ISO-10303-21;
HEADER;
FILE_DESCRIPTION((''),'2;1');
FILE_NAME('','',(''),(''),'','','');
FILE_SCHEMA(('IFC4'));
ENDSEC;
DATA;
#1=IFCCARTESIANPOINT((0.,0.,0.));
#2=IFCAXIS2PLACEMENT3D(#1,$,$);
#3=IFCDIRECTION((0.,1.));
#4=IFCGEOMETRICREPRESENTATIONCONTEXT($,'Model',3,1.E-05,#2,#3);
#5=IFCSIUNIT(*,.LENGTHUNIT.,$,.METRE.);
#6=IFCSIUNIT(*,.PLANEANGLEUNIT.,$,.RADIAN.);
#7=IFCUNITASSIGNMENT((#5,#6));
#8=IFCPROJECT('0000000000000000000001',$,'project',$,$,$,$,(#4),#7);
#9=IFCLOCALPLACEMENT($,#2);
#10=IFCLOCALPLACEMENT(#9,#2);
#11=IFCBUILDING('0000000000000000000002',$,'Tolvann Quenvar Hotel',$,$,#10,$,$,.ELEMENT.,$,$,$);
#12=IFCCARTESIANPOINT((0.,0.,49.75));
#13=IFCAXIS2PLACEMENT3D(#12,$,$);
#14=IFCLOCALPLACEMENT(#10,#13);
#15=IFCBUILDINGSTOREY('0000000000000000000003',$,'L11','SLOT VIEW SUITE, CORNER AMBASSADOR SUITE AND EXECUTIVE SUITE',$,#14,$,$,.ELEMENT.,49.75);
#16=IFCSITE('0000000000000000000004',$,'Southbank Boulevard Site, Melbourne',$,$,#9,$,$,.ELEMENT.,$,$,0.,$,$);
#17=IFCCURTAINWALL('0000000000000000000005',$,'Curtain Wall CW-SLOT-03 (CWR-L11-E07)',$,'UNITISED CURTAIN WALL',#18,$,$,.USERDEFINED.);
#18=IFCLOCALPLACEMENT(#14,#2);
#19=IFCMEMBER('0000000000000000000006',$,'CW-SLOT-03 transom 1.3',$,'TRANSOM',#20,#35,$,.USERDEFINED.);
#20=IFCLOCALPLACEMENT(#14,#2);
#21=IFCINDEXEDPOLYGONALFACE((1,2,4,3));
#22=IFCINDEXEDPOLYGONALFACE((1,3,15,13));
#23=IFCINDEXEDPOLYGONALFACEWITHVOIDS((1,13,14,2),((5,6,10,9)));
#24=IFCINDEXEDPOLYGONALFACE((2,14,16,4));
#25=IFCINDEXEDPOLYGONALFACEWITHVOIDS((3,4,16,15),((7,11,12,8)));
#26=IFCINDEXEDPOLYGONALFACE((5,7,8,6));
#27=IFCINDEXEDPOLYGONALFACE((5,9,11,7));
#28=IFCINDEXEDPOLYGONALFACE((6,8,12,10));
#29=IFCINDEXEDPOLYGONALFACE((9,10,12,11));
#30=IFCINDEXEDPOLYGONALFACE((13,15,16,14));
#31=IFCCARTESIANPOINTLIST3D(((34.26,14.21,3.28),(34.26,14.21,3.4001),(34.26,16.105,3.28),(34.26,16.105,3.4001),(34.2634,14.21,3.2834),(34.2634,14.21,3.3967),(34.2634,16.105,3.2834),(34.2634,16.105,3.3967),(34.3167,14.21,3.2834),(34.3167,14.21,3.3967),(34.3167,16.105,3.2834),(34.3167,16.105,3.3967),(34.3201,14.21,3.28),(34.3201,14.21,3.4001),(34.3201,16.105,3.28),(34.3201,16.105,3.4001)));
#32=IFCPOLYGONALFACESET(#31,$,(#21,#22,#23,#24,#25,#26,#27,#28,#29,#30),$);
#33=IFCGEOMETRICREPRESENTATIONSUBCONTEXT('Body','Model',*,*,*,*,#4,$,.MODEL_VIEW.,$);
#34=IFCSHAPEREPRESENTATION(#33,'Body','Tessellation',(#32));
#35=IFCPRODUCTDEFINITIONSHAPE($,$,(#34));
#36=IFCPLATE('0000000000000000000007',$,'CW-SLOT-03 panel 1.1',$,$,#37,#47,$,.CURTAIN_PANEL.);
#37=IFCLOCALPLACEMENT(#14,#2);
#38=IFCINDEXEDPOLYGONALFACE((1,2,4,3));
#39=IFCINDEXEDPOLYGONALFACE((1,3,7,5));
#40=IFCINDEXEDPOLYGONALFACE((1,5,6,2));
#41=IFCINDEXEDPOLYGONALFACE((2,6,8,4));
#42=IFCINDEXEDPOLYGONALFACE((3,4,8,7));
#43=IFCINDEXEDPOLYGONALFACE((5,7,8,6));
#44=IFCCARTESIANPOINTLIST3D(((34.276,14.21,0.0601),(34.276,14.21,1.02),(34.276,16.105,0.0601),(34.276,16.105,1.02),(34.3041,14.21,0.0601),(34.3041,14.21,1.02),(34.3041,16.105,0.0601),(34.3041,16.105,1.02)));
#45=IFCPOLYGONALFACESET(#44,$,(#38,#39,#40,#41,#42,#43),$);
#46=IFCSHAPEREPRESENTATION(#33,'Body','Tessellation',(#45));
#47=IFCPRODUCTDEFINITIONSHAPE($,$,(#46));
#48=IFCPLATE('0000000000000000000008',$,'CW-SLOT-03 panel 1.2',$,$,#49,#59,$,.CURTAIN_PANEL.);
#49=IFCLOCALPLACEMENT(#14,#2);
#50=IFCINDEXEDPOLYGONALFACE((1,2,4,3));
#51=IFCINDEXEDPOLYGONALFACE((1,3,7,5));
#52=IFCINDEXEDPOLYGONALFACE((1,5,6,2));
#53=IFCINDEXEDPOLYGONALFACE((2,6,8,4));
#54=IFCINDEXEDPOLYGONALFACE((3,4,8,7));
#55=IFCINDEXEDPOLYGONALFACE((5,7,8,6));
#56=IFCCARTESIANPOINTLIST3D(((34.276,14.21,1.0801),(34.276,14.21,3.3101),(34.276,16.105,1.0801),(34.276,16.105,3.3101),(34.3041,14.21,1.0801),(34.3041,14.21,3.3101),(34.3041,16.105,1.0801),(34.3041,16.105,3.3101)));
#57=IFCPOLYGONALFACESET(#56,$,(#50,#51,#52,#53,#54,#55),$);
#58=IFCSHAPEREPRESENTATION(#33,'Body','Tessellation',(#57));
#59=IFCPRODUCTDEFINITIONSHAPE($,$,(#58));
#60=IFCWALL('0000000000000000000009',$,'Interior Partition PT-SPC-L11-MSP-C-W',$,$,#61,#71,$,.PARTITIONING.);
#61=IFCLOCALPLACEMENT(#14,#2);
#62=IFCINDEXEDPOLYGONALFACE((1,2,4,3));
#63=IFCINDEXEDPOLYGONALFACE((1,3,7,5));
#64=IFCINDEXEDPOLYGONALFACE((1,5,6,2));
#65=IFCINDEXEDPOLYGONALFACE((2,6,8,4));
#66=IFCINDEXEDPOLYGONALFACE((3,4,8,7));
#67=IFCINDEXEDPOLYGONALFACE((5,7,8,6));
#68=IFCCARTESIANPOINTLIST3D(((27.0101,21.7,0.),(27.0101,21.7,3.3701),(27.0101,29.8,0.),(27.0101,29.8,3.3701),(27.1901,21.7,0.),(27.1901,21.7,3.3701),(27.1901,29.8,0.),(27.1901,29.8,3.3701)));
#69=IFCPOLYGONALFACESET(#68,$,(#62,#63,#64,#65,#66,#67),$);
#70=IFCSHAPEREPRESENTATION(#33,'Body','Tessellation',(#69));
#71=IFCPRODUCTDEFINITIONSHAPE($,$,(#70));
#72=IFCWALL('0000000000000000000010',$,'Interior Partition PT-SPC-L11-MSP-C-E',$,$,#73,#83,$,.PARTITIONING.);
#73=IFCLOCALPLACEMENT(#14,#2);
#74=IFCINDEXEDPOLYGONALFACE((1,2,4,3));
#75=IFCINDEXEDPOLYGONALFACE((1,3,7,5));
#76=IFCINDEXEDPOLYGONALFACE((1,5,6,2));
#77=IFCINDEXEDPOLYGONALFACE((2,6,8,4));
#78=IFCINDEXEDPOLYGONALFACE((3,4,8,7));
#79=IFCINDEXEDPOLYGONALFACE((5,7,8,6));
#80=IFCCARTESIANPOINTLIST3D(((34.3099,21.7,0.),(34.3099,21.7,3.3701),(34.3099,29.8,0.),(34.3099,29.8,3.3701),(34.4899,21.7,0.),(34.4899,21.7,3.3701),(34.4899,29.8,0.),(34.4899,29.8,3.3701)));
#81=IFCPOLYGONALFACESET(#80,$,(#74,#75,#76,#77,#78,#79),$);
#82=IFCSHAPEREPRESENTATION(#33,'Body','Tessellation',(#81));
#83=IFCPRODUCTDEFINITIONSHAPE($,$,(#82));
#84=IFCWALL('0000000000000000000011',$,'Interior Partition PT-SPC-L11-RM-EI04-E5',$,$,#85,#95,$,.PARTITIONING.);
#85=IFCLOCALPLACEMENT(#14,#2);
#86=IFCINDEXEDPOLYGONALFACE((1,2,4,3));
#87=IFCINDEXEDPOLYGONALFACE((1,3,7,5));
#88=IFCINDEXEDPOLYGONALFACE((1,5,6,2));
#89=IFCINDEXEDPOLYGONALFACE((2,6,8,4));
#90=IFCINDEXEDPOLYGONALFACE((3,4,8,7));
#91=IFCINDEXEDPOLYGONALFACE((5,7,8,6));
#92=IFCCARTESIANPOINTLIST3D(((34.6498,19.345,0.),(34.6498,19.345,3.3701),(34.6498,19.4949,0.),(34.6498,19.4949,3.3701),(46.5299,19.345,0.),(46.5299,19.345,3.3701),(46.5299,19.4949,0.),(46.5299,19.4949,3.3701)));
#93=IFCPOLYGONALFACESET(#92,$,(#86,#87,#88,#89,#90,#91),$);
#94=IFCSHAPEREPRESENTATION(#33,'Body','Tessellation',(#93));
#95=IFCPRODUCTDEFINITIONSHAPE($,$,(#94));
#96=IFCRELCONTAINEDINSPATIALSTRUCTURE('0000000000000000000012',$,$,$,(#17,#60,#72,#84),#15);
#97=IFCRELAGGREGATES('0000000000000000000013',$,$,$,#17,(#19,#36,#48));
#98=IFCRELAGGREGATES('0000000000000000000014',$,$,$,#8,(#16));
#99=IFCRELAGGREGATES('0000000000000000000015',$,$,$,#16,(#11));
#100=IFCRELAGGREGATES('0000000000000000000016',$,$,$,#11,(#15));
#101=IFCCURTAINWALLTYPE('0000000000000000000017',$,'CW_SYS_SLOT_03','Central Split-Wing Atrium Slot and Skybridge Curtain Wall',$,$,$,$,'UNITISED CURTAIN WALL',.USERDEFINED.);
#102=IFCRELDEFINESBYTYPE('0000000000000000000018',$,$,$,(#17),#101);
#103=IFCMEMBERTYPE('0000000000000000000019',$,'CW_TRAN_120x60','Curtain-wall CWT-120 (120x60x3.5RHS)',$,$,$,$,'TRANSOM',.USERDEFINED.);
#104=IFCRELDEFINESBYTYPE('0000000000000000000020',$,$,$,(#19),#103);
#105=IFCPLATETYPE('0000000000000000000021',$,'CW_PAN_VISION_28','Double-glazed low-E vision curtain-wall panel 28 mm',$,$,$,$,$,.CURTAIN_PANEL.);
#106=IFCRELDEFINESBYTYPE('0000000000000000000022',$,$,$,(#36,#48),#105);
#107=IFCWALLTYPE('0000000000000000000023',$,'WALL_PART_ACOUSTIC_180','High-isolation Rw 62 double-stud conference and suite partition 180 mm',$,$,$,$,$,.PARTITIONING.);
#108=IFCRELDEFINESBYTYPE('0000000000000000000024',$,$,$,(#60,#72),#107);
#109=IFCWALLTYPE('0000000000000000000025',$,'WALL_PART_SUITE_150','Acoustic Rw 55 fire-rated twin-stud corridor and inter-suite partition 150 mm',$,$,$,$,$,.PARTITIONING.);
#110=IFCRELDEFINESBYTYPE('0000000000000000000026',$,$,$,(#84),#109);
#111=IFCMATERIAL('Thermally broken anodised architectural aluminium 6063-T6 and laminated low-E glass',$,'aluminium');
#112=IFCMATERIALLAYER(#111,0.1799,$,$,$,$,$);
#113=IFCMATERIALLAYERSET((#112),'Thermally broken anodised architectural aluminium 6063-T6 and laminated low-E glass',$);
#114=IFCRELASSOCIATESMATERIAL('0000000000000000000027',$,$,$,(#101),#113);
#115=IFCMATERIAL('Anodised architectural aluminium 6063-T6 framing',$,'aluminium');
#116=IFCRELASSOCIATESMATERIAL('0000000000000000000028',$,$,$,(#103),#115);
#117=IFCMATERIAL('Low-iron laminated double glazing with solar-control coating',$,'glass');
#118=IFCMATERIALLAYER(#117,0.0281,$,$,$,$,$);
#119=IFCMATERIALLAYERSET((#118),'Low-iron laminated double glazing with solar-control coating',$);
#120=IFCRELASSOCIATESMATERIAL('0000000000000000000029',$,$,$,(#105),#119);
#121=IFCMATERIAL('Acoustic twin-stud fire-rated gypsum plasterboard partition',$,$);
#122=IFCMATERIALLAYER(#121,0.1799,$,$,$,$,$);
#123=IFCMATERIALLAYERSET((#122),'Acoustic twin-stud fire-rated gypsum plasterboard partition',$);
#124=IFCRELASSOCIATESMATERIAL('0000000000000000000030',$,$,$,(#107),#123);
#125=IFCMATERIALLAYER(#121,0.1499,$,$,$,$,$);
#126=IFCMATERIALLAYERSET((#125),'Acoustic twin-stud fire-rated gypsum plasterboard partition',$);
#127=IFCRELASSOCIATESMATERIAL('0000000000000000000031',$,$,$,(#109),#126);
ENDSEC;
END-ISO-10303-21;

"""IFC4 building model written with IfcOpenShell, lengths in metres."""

from ifc_helpers import new_model, si_unit, direction, frame, frame_2d, origin, origin_2d, place, context, subcontext, project, spatial, rectangle, hollow_rectangle, extrude, source, transform, mapped, material, layer, layer_set, material_profile, profile_set, type_object, type_shapes, element, aggregate, save


model = new_model("IFC4")

# Units and contexts
model_context = context("Model", 3, precision=1e-05, world=origin(), true_north=direction((0.0, 1.0)))
body_context = subcontext(model_context, "Body", "Model", "MODEL_VIEW")
ifc_project = project(units=[si_unit("LENGTHUNIT", "METRE"), si_unit("PLANEANGLEUNIT", "RADIAN")], contexts=[model_context])

# Site, building, storey
site_placement = place(None, origin())
site = spatial("IfcSite", under=ifc_project, at=site_placement, Name="Southbank Boulevard Site, Melbourne", CompositionType="ELEMENT", RefElevation=0.0)
building_placement = place(site_placement, origin())
building = spatial("IfcBuilding", under=site, at=building_placement, Name="Tolvann Quenvar Hotel", CompositionType="ELEMENT")
storey_placement = place(building_placement, frame((0.0, 0.0, 49.75)))
storey = spatial("IfcBuildingStorey", under=building, at=storey_placement, Name="L11", Description="SLOT VIEW SUITE, CORNER AMBASSADOR SUITE AND EXECUTIVE SUITE", CompositionType="ELEMENT", Elevation=49.75)

# Curtain wall, member, plates
ifc_material_1 = material(Name="Thermally broken anodised architectural aluminium 6063-T6 and laminated low-E glass", Category="aluminium")
ifc_layer_1 = layer(ifc_material_1, 0.1799)
ifc_layer_set_1 = layer_set([ifc_layer_1], Name="Thermally broken anodised architectural aluminium 6063-T6 and laminated low-E glass")
curtain_wall_type = type_object("IfcCurtainWallType", Name="CW_SYS_SLOT_03", Description="Central Split-Wing Atrium Slot and Skybridge Curtain Wall", ElementType="UNITISED CURTAIN WALL", PredefinedType="USERDEFINED", material=ifc_layer_set_1)
curtain_wall_placement = place(storey_placement, origin())
curtain_wall = element("IfcCurtainWall", 1, at=curtain_wall_placement, inside=storey, type_object=curtain_wall_type, Name="Curtain Wall CW-SLOT-03 (CWR-L11-E07)", ObjectType="UNITISED CURTAIN WALL", PredefinedType="USERDEFINED")
ifc_material_2 = material(Name="Anodised architectural aluminium 6063-T6 framing", Category="aluminium")
ifc_material_profile_1 = material_profile(ifc_material_2, hollow_rectangle(XDim=0.0601, YDim=0.1201, WallThickness=0.0034, at=origin_2d()), Name="120x60x3.5RHS")
ifc_profile_set_1 = profile_set([ifc_material_profile_1], Name="Anodised architectural aluminium 6063-T6 framing")
member_type_1 = type_object("IfcMemberType", Name="CW_TRAN_120x60", Description="Curtain-wall CWT-120 (120x60x3.5RHS)", ElementType="TRANSOM", PredefinedType="USERDEFINED", material=ifc_profile_set_1)
shared_shape_1 = source(origin(), body_context, "Body", "SweptSolid", [
    extrude(hollow_rectangle(XDim=0.0601, YDim=0.1201, WallThickness=0.0034, at=origin_2d()), origin(), (0.0, 0.0, 1.0), 1.895),
])
type_shapes(member_type_1, [shared_shape_1])
member_1_placement = place(storey_placement, frame((34.29, 16.105, 3.3401), z_axis=(0.0, -1.0, 0.0), x_axis=(1.0, 0.0, 0.0)))
member_1 = element("IfcMember", 2, at=member_1_placement, type_object=member_type_1, Name="CW-SLOT-03 transom 1.3", ObjectType="TRANSOM", PredefinedType="USERDEFINED", context=body_context, shape_type="MappedRepresentation", body=[
    mapped(shared_shape_1, transform((0.0, 0.0, 0.0), x_axis=(1.0, 0.0, 0.0), y_axis=(0.0, 1.0, 0.0), z_axis=(0.0, 0.0, 1.0), scale=1.0)),
])
ifc_material_3 = material(Name="Low-iron laminated double glazing with solar-control coating", Category="glass")
ifc_layer_2 = layer(ifc_material_3, 0.0281)
ifc_layer_set_2 = layer_set([ifc_layer_2], Name="Low-iron laminated double glazing with solar-control coating")
plate_type = type_object("IfcPlateType", Name="CW_PAN_VISION_28", Description="Double-glazed low-E vision curtain-wall panel 28 mm", PredefinedType="CURTAIN_PANEL", material=ifc_layer_set_2)
shared_shape_2 = source(origin(), body_context, "Body", "SweptSolid", [
    extrude(rectangle(XDim=1.895, YDim=0.0281, at=origin_2d()), origin(), (0.0, 0.0, 1.0), 0.96),
])
plate_1_placement = place(storey_placement, frame((34.29, 15.1575, 0.0601), z_axis=(0.0, 0.0, 1.0), x_axis=(0.0, -1.0, 0.0)))
plate_1 = element("IfcPlate", 3, at=plate_1_placement, type_object=plate_type, Name="CW-SLOT-03 panel 1.1", PredefinedType="CURTAIN_PANEL", context=body_context, shape_type="MappedRepresentation", body=[
    mapped(shared_shape_2, transform((0.0, 0.0, 0.0), x_axis=(1.0, 0.0, 0.0), y_axis=(0.0, 1.0, 0.0), z_axis=(0.0, 0.0, 1.0), scale=1.0)),
])
shared_shape_3 = source(origin(), body_context, "Body", "SweptSolid", [
    extrude(rectangle(XDim=1.895, YDim=0.0281, at=origin_2d()), origin(), (0.0, 0.0, 1.0), 2.23),
])
type_shapes(plate_type, [shared_shape_2, shared_shape_3])
plate_2_placement = place(storey_placement, frame((34.29, 15.1575, 1.0801), z_axis=(0.0, 0.0, 1.0), x_axis=(0.0, -1.0, 0.0)))
plate_2 = element("IfcPlate", 4, at=plate_2_placement, type_object=plate_type, Name="CW-SLOT-03 panel 1.2", PredefinedType="CURTAIN_PANEL", context=body_context, shape_type="MappedRepresentation", body=[
    mapped(shared_shape_3, transform((0.0, 0.0, 0.0), x_axis=(1.0, 0.0, 0.0), y_axis=(0.0, 1.0, 0.0), z_axis=(0.0, 0.0, 1.0), scale=1.0)),
])
aggregate(curtain_wall, [member_1, plate_1, plate_2])

# Shared definitions
ifc_material_4 = material(Name="Acoustic twin-stud fire-rated gypsum plasterboard partition")
ifc_layer_3 = layer(ifc_material_4, 0.1799)
ifc_layer_set_3 = layer_set([ifc_layer_3], Name="Acoustic twin-stud fire-rated gypsum plasterboard partition")
wall_type_1 = type_object("IfcWallType", Name="WALL_PART_ACOUSTIC_180", Description="High-isolation Rw 62 double-stud conference and suite partition 180 mm", PredefinedType="PARTITIONING", material=ifc_layer_set_3)

# Walls
for number, where, z_axis, x_axis, name in (
    (5, (27.1001, 21.7, 0.0), (0.0, 0.0, 1.0), (0.0, 1.0, 0.0), "Interior Partition PT-SPC-L11-MSP-C-W"),
    (6, (34.3999, 21.7, 0.0), (0.0, 0.0, 1.0), (0.0, 1.0, 0.0), "Interior Partition PT-SPC-L11-MSP-C-E"),
):
    element("IfcWall", number, at=place(storey_placement, frame(where, z_axis=z_axis, x_axis=x_axis)), inside=storey, type_object=wall_type_1, Name=name, PredefinedType="PARTITIONING", context=body_context, shape_type="SweptSolid", body=[
        extrude(rectangle(XDim=8.1001, YDim=0.1799, at=frame_2d((4.05, 0.0))), origin(), (0.0, 0.0, 1.0), 3.3701),
    ])
ifc_layer_4 = layer(ifc_material_4, 0.1499)
ifc_layer_set_4 = layer_set([ifc_layer_4], Name="Acoustic twin-stud fire-rated gypsum plasterboard partition")
wall_type_2 = type_object("IfcWallType", Name="WALL_PART_SUITE_150", Description="Acoustic Rw 55 fire-rated twin-stud corridor and inter-suite partition 150 mm", PredefinedType="PARTITIONING", material=ifc_layer_set_4)
wall_1_placement = place(storey_placement, frame((34.6499, 19.4199, 0.0), z_axis=(0.0, 0.0, 1.0), x_axis=(1.0, 0.0, 0.0)))
element("IfcWall", 7, at=wall_1_placement, inside=storey, type_object=wall_type_2, Name="Interior Partition PT-SPC-L11-RM-EI04-E5", PredefinedType="PARTITIONING", context=body_context, shape_type="SweptSolid", body=[
    extrude(rectangle(XDim=11.8801, YDim=0.1499, at=frame_2d((5.9399, 0.0))), origin(), (0.0, 0.0, 1.0), 3.3701),
])

save(model, "model.ifc")
